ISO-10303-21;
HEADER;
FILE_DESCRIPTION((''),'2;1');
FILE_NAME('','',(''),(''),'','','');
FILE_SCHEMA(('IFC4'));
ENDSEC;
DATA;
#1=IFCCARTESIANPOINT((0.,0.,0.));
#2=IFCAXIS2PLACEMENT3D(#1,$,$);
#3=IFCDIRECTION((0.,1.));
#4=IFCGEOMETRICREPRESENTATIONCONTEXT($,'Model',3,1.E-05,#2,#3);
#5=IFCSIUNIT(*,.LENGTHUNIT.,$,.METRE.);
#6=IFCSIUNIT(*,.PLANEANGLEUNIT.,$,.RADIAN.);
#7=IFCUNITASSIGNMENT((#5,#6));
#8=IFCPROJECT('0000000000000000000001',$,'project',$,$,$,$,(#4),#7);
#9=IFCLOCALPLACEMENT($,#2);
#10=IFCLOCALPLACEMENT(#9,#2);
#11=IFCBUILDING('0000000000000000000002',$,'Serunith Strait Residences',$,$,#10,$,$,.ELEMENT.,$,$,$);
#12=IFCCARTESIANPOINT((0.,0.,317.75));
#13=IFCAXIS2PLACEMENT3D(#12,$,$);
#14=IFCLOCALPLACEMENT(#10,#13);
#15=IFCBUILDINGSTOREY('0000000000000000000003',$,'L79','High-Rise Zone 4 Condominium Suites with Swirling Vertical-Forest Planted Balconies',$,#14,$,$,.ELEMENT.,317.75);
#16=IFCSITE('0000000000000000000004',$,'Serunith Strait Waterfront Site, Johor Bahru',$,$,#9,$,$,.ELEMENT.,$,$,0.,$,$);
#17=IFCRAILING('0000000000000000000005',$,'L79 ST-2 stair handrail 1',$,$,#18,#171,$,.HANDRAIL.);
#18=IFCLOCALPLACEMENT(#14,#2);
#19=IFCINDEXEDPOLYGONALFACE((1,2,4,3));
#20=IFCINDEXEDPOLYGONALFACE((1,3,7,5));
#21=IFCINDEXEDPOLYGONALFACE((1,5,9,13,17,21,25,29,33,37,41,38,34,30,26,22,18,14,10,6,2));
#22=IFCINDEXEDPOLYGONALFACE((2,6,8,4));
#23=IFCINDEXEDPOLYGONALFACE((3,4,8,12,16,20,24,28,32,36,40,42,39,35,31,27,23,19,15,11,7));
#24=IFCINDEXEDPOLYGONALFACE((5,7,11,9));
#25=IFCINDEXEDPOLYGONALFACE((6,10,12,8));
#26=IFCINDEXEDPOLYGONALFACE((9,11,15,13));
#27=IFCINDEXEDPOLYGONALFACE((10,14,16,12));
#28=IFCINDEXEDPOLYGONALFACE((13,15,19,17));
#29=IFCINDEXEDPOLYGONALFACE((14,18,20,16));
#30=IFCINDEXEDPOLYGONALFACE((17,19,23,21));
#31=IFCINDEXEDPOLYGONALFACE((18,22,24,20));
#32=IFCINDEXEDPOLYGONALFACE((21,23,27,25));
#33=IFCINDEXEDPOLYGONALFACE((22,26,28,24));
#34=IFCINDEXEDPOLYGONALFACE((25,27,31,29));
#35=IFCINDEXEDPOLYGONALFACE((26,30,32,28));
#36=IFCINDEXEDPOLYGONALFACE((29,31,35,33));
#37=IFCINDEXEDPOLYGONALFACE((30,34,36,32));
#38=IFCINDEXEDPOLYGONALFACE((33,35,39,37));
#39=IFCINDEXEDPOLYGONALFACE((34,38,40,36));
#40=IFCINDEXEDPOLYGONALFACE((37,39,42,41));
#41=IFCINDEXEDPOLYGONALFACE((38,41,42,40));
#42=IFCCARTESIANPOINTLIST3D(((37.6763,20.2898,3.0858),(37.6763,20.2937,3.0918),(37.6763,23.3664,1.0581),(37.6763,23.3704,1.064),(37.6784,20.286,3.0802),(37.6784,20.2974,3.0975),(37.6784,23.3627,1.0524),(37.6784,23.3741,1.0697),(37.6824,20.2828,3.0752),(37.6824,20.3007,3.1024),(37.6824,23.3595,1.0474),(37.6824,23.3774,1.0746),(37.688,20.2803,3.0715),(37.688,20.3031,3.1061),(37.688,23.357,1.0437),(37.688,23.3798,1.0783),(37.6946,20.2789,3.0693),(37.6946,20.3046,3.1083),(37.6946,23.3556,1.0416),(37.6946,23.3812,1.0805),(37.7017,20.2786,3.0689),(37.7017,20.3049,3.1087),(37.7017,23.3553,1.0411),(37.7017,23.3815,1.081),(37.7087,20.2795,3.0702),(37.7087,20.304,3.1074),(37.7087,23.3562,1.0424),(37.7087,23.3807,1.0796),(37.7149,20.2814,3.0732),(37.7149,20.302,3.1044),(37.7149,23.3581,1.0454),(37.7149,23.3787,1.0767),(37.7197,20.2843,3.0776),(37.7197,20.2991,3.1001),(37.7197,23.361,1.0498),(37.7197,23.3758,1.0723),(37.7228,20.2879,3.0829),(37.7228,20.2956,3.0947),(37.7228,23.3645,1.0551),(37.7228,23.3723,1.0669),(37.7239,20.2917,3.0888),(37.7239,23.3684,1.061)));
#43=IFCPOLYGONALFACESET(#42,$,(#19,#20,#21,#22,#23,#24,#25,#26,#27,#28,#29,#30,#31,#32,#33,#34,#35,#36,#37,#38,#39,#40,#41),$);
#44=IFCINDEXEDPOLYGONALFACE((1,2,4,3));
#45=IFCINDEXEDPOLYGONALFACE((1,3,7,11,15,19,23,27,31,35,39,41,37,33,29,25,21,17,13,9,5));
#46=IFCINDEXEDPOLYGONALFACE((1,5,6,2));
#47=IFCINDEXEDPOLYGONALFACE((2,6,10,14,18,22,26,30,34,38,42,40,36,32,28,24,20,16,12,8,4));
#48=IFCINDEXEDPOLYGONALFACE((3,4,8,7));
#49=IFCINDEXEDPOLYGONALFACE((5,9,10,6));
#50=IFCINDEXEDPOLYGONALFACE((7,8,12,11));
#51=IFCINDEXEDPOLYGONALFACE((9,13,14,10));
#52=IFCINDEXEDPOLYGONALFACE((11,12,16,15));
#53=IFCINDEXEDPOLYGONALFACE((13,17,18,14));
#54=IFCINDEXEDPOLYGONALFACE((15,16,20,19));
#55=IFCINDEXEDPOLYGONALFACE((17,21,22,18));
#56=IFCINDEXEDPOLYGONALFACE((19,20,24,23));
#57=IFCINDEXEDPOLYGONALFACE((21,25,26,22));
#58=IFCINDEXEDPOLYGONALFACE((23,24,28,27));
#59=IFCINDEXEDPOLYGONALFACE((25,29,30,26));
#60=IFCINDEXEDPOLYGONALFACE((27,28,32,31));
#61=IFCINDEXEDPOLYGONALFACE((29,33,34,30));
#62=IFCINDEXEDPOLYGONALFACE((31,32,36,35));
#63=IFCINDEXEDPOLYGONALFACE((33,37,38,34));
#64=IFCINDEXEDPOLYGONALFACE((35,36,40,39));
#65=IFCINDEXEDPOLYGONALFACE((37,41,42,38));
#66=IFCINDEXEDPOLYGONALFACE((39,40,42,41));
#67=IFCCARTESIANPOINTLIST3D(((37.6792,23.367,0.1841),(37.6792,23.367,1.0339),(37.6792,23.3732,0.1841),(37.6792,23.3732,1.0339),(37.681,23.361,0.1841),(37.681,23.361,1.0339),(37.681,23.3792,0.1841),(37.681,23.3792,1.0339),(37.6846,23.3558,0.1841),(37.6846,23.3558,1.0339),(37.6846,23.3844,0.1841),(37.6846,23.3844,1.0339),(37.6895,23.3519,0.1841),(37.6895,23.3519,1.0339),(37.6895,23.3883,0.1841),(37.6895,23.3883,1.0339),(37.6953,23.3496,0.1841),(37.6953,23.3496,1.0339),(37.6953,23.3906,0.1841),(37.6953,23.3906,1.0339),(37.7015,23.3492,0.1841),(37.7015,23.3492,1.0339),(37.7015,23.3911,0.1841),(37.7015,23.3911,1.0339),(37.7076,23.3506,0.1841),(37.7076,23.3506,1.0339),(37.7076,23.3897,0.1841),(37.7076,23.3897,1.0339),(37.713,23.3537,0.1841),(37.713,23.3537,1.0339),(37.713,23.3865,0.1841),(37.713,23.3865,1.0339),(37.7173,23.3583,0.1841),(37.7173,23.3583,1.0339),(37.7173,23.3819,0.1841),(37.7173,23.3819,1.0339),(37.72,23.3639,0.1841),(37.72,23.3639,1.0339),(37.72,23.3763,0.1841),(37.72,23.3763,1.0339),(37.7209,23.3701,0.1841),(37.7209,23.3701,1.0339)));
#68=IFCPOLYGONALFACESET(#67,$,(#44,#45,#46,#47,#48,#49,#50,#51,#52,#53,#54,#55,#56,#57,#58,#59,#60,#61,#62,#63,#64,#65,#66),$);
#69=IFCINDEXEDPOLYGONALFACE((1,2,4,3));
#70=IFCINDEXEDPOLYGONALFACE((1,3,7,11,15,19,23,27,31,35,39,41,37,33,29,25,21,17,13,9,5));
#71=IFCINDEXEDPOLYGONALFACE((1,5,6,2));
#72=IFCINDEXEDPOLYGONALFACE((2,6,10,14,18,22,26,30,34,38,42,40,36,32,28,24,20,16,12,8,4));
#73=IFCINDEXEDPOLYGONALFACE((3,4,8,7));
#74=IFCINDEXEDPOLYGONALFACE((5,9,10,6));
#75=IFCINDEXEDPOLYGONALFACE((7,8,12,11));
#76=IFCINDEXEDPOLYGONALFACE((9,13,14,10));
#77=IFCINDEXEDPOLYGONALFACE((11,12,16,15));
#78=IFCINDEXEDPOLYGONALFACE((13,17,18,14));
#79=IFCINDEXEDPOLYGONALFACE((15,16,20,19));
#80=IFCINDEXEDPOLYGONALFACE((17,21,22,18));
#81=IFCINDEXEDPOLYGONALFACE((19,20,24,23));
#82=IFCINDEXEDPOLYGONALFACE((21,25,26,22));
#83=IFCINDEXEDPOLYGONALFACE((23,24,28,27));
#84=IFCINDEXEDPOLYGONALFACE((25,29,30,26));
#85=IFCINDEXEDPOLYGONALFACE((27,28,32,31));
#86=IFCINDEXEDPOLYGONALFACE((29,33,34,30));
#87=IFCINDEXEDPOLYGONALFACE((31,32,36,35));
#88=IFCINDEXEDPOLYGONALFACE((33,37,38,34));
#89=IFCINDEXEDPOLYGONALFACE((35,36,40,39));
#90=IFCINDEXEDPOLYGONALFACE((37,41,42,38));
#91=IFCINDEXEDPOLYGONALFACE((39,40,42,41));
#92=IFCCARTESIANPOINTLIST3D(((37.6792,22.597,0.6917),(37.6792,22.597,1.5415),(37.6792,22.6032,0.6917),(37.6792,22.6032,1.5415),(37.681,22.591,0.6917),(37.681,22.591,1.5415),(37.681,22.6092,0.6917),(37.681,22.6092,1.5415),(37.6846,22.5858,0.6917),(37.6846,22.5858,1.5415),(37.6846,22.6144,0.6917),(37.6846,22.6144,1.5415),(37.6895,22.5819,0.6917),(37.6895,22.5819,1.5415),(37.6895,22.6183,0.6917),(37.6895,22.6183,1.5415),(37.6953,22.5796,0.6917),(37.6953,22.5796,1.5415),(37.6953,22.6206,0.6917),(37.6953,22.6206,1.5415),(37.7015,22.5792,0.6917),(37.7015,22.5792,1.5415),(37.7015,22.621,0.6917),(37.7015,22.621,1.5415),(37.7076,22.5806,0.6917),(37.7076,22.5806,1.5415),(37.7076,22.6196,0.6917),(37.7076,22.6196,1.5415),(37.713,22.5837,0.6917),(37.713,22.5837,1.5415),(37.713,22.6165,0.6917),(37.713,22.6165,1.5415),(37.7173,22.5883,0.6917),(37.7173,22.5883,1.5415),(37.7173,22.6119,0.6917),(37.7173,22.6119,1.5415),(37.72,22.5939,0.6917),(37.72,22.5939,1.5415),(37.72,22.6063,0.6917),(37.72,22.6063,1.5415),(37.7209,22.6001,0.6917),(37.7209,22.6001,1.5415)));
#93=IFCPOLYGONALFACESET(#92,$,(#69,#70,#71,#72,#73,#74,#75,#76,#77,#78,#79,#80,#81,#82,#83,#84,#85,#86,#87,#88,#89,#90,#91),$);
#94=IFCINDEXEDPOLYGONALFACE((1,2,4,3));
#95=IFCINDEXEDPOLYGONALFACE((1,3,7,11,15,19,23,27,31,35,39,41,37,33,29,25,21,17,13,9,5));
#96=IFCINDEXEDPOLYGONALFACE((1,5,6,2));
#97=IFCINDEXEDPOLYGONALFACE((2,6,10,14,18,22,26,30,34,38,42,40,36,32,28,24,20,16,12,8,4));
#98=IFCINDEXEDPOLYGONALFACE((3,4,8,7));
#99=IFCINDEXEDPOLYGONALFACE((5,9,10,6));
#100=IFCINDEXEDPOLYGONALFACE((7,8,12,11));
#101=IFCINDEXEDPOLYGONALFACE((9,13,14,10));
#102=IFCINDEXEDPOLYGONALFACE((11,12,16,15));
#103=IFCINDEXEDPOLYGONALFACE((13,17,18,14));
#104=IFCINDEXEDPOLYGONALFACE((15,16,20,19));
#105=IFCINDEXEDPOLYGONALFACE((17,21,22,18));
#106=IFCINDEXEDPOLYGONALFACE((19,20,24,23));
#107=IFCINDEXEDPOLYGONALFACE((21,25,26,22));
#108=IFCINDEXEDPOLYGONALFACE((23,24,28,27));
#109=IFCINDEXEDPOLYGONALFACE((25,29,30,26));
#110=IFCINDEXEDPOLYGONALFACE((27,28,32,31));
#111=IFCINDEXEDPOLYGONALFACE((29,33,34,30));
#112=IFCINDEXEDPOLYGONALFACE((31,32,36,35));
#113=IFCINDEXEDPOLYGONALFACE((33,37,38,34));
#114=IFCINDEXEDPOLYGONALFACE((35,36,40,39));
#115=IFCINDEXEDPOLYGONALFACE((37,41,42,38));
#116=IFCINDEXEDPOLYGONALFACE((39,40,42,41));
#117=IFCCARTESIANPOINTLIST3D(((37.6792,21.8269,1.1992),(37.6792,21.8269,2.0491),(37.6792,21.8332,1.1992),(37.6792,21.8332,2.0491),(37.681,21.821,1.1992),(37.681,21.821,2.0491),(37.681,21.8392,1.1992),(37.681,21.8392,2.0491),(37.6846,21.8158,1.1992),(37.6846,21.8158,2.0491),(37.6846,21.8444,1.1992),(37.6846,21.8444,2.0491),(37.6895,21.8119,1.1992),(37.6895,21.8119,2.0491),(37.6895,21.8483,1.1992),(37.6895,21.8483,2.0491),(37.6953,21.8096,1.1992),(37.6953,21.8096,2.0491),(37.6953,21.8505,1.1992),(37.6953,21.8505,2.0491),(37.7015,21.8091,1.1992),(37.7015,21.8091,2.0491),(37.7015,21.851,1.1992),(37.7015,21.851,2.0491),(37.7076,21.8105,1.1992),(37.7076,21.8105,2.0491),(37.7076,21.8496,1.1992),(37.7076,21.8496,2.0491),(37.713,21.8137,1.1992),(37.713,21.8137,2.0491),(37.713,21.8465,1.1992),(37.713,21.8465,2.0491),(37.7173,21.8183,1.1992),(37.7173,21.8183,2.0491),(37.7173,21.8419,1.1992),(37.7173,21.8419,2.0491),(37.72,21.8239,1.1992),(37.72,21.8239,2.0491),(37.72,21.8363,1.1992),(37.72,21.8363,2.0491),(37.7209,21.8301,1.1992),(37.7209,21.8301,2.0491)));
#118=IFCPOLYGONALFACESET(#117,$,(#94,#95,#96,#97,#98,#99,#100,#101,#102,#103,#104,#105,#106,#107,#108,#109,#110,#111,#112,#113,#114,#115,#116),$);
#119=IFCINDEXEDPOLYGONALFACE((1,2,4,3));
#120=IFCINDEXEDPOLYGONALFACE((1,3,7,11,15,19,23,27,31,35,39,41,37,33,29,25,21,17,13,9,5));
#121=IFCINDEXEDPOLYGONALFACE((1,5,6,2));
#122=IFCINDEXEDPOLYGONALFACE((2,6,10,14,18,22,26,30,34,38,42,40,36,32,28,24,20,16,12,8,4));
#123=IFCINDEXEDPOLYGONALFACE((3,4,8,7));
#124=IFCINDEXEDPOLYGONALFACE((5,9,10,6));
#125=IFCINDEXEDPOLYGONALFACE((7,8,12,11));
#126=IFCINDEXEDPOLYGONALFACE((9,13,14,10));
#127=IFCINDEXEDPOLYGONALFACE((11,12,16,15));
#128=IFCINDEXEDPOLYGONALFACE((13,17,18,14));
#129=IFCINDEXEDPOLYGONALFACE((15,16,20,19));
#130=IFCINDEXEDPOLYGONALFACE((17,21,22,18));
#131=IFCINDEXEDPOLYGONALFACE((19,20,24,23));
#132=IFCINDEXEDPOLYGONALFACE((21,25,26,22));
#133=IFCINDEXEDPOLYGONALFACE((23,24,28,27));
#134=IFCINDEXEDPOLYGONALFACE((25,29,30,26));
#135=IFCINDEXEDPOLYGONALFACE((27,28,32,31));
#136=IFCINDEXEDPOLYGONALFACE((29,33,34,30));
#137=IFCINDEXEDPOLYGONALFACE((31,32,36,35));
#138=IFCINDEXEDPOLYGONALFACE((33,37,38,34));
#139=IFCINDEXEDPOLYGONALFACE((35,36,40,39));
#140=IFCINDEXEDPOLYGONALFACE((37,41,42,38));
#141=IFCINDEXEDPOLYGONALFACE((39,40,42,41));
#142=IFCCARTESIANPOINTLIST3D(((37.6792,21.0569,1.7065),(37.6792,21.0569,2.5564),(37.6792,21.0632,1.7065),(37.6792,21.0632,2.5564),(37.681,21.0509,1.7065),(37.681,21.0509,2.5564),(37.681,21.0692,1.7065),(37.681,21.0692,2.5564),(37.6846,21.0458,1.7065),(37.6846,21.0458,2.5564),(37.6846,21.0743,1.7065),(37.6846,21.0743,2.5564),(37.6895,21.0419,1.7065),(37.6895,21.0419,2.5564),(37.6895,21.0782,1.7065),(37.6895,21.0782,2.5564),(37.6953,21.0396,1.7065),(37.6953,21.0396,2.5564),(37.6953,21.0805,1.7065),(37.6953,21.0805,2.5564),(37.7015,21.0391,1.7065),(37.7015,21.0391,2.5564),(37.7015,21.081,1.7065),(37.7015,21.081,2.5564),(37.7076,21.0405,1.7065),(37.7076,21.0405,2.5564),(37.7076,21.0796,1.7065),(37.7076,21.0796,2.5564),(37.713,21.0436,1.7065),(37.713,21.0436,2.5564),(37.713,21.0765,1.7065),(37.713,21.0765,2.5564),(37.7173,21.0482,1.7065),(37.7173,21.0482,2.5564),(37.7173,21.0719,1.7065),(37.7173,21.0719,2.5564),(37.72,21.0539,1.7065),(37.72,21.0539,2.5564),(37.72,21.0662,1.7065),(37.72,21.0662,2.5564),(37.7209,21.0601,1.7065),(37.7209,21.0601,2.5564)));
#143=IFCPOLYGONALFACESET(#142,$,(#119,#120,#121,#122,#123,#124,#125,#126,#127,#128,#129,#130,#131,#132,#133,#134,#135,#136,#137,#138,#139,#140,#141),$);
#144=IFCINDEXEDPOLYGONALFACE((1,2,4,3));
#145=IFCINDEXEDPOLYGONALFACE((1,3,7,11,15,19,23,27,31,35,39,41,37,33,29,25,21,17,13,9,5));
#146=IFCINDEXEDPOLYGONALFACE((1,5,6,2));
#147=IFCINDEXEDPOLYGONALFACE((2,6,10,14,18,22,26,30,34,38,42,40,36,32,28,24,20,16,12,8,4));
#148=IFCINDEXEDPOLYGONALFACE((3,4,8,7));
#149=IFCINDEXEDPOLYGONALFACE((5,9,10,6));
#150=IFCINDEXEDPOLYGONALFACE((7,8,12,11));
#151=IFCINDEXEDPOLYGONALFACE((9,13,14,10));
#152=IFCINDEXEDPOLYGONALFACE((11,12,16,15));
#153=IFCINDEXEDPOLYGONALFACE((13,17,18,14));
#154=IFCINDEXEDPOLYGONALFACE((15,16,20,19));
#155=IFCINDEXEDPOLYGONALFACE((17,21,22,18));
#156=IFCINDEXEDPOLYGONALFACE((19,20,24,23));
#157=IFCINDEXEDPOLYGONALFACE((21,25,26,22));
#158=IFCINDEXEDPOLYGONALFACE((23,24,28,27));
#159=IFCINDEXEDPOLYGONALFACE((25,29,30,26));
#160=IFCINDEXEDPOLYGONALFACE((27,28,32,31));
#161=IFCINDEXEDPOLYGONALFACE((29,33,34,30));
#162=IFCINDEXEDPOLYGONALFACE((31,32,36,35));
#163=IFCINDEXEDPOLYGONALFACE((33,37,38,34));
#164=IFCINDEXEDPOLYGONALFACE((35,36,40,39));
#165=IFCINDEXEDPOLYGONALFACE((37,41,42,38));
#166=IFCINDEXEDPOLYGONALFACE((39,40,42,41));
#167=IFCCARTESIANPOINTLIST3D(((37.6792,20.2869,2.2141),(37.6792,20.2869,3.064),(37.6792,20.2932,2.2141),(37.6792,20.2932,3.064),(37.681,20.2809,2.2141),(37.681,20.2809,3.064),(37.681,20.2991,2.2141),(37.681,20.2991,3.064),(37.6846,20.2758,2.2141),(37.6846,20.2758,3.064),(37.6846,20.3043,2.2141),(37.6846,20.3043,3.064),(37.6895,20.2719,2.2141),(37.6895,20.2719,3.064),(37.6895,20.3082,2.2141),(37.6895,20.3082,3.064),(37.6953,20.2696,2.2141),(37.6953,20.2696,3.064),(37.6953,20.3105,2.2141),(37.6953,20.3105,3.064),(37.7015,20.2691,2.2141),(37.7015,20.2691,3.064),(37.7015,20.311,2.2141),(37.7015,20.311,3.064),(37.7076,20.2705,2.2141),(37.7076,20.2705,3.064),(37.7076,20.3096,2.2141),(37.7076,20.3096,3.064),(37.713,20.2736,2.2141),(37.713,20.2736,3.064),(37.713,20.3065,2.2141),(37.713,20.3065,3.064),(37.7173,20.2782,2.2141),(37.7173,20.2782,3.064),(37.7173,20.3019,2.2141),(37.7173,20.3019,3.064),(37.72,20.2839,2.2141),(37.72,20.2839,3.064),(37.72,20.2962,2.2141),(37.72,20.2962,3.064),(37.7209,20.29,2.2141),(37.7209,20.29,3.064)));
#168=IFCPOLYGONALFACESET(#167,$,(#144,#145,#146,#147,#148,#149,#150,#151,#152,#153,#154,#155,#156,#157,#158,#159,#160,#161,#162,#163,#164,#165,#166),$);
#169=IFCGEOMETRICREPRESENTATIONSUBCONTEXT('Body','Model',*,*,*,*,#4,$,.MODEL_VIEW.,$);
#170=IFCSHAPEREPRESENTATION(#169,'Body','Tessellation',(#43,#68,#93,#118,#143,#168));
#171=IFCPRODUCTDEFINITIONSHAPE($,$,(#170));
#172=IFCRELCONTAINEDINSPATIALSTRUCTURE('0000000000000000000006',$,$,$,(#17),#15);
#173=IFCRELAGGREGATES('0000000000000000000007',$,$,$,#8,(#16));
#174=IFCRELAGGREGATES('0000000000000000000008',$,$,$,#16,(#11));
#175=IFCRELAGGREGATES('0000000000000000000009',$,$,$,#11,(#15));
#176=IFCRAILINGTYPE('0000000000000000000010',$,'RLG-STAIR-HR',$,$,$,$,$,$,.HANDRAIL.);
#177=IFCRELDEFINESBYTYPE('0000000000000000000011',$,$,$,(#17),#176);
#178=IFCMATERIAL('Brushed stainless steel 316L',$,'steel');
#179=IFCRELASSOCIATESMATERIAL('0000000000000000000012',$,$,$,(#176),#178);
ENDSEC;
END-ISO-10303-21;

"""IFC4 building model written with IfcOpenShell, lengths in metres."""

from ifc_helpers import new_model, si_unit, direction, frame, origin, origin_2d, place, context, subcontext, project, spatial, circle, extrude, material, type_object, element, save


model = new_model("IFC4")

# Units and contexts
model_context = context("Model", 3, precision=1e-05, world=origin(), true_north=direction((0.0, 1.0)))
body_context = subcontext(model_context, "Body", "Model", "MODEL_VIEW")
ifc_project = project(units=[si_unit("LENGTHUNIT", "METRE"), si_unit("PLANEANGLEUNIT", "RADIAN")], contexts=[model_context])

# Site, building, storey
site_placement = place(None, origin())
site = spatial("IfcSite", under=ifc_project, at=site_placement, Name="Serunith Strait Waterfront Site, Johor Bahru", CompositionType="ELEMENT", RefElevation=0.0)
building_placement = place(site_placement, origin())
building = spatial("IfcBuilding", under=site, at=building_placement, Name="Serunith Strait Residences", CompositionType="ELEMENT")
storey_placement = place(building_placement, frame((0.0, 0.0, 317.75)))
storey = spatial("IfcBuildingStorey", under=building, at=storey_placement, Name="L79", Description="High-Rise Zone 4 Condominium Suites with Swirling Vertical-Forest Planted Balconies", CompositionType="ELEMENT", Elevation=317.75)

# Railing
ifc_material_1 = material(Name="Brushed stainless steel 316L", Category="steel")
railing_type_1 = type_object("IfcRailingType", Name="RLG-STAIR-HR", PredefinedType="HANDRAIL", material=ifc_material_1)
railing_1_placement = place(storey_placement, frame((37.7, 23.3701, 0.1841)))
element("IfcRailing", 1, at=railing_1_placement, inside=storey, type_object=railing_type_1, Name="L79 ST-2 stair handrail 1", PredefinedType="HANDRAIL", context=body_context, shape_type="SweptSolid", body=[
    extrude(circle(Radius=0.0239, at=origin_2d()), frame((0.0, -0.0017, 0.877), z_axis=(0.0, -0.834961, 0.550309), x_axis=(1.0, 0.0, 0.0)), (0.0, 0.0, 1.0), 3.6848),
    extrude(circle(Radius=0.021, at=origin_2d()), origin(), (0.0, 0.0, 1.0), 0.8499),
    extrude(circle(Radius=0.021, at=origin_2d()), frame((0.0, -0.77, 0.5076)), (0.0, 0.0, 1.0), 0.8499),
    extrude(circle(Radius=0.021, at=origin_2d()), frame((0.0, -1.54, 1.0151)), (0.0, 0.0, 1.0), 0.8499),
    extrude(circle(Radius=0.021, at=origin_2d()), frame((0.0, -2.3101, 1.5225)), (0.0, 0.0, 1.0), 0.8499),
    extrude(circle(Radius=0.021, at=origin_2d()), frame((0.0, -3.0801, 2.03)), (0.0, 0.0, 1.0), 0.8499),
])

save(model, "model.ifc")
